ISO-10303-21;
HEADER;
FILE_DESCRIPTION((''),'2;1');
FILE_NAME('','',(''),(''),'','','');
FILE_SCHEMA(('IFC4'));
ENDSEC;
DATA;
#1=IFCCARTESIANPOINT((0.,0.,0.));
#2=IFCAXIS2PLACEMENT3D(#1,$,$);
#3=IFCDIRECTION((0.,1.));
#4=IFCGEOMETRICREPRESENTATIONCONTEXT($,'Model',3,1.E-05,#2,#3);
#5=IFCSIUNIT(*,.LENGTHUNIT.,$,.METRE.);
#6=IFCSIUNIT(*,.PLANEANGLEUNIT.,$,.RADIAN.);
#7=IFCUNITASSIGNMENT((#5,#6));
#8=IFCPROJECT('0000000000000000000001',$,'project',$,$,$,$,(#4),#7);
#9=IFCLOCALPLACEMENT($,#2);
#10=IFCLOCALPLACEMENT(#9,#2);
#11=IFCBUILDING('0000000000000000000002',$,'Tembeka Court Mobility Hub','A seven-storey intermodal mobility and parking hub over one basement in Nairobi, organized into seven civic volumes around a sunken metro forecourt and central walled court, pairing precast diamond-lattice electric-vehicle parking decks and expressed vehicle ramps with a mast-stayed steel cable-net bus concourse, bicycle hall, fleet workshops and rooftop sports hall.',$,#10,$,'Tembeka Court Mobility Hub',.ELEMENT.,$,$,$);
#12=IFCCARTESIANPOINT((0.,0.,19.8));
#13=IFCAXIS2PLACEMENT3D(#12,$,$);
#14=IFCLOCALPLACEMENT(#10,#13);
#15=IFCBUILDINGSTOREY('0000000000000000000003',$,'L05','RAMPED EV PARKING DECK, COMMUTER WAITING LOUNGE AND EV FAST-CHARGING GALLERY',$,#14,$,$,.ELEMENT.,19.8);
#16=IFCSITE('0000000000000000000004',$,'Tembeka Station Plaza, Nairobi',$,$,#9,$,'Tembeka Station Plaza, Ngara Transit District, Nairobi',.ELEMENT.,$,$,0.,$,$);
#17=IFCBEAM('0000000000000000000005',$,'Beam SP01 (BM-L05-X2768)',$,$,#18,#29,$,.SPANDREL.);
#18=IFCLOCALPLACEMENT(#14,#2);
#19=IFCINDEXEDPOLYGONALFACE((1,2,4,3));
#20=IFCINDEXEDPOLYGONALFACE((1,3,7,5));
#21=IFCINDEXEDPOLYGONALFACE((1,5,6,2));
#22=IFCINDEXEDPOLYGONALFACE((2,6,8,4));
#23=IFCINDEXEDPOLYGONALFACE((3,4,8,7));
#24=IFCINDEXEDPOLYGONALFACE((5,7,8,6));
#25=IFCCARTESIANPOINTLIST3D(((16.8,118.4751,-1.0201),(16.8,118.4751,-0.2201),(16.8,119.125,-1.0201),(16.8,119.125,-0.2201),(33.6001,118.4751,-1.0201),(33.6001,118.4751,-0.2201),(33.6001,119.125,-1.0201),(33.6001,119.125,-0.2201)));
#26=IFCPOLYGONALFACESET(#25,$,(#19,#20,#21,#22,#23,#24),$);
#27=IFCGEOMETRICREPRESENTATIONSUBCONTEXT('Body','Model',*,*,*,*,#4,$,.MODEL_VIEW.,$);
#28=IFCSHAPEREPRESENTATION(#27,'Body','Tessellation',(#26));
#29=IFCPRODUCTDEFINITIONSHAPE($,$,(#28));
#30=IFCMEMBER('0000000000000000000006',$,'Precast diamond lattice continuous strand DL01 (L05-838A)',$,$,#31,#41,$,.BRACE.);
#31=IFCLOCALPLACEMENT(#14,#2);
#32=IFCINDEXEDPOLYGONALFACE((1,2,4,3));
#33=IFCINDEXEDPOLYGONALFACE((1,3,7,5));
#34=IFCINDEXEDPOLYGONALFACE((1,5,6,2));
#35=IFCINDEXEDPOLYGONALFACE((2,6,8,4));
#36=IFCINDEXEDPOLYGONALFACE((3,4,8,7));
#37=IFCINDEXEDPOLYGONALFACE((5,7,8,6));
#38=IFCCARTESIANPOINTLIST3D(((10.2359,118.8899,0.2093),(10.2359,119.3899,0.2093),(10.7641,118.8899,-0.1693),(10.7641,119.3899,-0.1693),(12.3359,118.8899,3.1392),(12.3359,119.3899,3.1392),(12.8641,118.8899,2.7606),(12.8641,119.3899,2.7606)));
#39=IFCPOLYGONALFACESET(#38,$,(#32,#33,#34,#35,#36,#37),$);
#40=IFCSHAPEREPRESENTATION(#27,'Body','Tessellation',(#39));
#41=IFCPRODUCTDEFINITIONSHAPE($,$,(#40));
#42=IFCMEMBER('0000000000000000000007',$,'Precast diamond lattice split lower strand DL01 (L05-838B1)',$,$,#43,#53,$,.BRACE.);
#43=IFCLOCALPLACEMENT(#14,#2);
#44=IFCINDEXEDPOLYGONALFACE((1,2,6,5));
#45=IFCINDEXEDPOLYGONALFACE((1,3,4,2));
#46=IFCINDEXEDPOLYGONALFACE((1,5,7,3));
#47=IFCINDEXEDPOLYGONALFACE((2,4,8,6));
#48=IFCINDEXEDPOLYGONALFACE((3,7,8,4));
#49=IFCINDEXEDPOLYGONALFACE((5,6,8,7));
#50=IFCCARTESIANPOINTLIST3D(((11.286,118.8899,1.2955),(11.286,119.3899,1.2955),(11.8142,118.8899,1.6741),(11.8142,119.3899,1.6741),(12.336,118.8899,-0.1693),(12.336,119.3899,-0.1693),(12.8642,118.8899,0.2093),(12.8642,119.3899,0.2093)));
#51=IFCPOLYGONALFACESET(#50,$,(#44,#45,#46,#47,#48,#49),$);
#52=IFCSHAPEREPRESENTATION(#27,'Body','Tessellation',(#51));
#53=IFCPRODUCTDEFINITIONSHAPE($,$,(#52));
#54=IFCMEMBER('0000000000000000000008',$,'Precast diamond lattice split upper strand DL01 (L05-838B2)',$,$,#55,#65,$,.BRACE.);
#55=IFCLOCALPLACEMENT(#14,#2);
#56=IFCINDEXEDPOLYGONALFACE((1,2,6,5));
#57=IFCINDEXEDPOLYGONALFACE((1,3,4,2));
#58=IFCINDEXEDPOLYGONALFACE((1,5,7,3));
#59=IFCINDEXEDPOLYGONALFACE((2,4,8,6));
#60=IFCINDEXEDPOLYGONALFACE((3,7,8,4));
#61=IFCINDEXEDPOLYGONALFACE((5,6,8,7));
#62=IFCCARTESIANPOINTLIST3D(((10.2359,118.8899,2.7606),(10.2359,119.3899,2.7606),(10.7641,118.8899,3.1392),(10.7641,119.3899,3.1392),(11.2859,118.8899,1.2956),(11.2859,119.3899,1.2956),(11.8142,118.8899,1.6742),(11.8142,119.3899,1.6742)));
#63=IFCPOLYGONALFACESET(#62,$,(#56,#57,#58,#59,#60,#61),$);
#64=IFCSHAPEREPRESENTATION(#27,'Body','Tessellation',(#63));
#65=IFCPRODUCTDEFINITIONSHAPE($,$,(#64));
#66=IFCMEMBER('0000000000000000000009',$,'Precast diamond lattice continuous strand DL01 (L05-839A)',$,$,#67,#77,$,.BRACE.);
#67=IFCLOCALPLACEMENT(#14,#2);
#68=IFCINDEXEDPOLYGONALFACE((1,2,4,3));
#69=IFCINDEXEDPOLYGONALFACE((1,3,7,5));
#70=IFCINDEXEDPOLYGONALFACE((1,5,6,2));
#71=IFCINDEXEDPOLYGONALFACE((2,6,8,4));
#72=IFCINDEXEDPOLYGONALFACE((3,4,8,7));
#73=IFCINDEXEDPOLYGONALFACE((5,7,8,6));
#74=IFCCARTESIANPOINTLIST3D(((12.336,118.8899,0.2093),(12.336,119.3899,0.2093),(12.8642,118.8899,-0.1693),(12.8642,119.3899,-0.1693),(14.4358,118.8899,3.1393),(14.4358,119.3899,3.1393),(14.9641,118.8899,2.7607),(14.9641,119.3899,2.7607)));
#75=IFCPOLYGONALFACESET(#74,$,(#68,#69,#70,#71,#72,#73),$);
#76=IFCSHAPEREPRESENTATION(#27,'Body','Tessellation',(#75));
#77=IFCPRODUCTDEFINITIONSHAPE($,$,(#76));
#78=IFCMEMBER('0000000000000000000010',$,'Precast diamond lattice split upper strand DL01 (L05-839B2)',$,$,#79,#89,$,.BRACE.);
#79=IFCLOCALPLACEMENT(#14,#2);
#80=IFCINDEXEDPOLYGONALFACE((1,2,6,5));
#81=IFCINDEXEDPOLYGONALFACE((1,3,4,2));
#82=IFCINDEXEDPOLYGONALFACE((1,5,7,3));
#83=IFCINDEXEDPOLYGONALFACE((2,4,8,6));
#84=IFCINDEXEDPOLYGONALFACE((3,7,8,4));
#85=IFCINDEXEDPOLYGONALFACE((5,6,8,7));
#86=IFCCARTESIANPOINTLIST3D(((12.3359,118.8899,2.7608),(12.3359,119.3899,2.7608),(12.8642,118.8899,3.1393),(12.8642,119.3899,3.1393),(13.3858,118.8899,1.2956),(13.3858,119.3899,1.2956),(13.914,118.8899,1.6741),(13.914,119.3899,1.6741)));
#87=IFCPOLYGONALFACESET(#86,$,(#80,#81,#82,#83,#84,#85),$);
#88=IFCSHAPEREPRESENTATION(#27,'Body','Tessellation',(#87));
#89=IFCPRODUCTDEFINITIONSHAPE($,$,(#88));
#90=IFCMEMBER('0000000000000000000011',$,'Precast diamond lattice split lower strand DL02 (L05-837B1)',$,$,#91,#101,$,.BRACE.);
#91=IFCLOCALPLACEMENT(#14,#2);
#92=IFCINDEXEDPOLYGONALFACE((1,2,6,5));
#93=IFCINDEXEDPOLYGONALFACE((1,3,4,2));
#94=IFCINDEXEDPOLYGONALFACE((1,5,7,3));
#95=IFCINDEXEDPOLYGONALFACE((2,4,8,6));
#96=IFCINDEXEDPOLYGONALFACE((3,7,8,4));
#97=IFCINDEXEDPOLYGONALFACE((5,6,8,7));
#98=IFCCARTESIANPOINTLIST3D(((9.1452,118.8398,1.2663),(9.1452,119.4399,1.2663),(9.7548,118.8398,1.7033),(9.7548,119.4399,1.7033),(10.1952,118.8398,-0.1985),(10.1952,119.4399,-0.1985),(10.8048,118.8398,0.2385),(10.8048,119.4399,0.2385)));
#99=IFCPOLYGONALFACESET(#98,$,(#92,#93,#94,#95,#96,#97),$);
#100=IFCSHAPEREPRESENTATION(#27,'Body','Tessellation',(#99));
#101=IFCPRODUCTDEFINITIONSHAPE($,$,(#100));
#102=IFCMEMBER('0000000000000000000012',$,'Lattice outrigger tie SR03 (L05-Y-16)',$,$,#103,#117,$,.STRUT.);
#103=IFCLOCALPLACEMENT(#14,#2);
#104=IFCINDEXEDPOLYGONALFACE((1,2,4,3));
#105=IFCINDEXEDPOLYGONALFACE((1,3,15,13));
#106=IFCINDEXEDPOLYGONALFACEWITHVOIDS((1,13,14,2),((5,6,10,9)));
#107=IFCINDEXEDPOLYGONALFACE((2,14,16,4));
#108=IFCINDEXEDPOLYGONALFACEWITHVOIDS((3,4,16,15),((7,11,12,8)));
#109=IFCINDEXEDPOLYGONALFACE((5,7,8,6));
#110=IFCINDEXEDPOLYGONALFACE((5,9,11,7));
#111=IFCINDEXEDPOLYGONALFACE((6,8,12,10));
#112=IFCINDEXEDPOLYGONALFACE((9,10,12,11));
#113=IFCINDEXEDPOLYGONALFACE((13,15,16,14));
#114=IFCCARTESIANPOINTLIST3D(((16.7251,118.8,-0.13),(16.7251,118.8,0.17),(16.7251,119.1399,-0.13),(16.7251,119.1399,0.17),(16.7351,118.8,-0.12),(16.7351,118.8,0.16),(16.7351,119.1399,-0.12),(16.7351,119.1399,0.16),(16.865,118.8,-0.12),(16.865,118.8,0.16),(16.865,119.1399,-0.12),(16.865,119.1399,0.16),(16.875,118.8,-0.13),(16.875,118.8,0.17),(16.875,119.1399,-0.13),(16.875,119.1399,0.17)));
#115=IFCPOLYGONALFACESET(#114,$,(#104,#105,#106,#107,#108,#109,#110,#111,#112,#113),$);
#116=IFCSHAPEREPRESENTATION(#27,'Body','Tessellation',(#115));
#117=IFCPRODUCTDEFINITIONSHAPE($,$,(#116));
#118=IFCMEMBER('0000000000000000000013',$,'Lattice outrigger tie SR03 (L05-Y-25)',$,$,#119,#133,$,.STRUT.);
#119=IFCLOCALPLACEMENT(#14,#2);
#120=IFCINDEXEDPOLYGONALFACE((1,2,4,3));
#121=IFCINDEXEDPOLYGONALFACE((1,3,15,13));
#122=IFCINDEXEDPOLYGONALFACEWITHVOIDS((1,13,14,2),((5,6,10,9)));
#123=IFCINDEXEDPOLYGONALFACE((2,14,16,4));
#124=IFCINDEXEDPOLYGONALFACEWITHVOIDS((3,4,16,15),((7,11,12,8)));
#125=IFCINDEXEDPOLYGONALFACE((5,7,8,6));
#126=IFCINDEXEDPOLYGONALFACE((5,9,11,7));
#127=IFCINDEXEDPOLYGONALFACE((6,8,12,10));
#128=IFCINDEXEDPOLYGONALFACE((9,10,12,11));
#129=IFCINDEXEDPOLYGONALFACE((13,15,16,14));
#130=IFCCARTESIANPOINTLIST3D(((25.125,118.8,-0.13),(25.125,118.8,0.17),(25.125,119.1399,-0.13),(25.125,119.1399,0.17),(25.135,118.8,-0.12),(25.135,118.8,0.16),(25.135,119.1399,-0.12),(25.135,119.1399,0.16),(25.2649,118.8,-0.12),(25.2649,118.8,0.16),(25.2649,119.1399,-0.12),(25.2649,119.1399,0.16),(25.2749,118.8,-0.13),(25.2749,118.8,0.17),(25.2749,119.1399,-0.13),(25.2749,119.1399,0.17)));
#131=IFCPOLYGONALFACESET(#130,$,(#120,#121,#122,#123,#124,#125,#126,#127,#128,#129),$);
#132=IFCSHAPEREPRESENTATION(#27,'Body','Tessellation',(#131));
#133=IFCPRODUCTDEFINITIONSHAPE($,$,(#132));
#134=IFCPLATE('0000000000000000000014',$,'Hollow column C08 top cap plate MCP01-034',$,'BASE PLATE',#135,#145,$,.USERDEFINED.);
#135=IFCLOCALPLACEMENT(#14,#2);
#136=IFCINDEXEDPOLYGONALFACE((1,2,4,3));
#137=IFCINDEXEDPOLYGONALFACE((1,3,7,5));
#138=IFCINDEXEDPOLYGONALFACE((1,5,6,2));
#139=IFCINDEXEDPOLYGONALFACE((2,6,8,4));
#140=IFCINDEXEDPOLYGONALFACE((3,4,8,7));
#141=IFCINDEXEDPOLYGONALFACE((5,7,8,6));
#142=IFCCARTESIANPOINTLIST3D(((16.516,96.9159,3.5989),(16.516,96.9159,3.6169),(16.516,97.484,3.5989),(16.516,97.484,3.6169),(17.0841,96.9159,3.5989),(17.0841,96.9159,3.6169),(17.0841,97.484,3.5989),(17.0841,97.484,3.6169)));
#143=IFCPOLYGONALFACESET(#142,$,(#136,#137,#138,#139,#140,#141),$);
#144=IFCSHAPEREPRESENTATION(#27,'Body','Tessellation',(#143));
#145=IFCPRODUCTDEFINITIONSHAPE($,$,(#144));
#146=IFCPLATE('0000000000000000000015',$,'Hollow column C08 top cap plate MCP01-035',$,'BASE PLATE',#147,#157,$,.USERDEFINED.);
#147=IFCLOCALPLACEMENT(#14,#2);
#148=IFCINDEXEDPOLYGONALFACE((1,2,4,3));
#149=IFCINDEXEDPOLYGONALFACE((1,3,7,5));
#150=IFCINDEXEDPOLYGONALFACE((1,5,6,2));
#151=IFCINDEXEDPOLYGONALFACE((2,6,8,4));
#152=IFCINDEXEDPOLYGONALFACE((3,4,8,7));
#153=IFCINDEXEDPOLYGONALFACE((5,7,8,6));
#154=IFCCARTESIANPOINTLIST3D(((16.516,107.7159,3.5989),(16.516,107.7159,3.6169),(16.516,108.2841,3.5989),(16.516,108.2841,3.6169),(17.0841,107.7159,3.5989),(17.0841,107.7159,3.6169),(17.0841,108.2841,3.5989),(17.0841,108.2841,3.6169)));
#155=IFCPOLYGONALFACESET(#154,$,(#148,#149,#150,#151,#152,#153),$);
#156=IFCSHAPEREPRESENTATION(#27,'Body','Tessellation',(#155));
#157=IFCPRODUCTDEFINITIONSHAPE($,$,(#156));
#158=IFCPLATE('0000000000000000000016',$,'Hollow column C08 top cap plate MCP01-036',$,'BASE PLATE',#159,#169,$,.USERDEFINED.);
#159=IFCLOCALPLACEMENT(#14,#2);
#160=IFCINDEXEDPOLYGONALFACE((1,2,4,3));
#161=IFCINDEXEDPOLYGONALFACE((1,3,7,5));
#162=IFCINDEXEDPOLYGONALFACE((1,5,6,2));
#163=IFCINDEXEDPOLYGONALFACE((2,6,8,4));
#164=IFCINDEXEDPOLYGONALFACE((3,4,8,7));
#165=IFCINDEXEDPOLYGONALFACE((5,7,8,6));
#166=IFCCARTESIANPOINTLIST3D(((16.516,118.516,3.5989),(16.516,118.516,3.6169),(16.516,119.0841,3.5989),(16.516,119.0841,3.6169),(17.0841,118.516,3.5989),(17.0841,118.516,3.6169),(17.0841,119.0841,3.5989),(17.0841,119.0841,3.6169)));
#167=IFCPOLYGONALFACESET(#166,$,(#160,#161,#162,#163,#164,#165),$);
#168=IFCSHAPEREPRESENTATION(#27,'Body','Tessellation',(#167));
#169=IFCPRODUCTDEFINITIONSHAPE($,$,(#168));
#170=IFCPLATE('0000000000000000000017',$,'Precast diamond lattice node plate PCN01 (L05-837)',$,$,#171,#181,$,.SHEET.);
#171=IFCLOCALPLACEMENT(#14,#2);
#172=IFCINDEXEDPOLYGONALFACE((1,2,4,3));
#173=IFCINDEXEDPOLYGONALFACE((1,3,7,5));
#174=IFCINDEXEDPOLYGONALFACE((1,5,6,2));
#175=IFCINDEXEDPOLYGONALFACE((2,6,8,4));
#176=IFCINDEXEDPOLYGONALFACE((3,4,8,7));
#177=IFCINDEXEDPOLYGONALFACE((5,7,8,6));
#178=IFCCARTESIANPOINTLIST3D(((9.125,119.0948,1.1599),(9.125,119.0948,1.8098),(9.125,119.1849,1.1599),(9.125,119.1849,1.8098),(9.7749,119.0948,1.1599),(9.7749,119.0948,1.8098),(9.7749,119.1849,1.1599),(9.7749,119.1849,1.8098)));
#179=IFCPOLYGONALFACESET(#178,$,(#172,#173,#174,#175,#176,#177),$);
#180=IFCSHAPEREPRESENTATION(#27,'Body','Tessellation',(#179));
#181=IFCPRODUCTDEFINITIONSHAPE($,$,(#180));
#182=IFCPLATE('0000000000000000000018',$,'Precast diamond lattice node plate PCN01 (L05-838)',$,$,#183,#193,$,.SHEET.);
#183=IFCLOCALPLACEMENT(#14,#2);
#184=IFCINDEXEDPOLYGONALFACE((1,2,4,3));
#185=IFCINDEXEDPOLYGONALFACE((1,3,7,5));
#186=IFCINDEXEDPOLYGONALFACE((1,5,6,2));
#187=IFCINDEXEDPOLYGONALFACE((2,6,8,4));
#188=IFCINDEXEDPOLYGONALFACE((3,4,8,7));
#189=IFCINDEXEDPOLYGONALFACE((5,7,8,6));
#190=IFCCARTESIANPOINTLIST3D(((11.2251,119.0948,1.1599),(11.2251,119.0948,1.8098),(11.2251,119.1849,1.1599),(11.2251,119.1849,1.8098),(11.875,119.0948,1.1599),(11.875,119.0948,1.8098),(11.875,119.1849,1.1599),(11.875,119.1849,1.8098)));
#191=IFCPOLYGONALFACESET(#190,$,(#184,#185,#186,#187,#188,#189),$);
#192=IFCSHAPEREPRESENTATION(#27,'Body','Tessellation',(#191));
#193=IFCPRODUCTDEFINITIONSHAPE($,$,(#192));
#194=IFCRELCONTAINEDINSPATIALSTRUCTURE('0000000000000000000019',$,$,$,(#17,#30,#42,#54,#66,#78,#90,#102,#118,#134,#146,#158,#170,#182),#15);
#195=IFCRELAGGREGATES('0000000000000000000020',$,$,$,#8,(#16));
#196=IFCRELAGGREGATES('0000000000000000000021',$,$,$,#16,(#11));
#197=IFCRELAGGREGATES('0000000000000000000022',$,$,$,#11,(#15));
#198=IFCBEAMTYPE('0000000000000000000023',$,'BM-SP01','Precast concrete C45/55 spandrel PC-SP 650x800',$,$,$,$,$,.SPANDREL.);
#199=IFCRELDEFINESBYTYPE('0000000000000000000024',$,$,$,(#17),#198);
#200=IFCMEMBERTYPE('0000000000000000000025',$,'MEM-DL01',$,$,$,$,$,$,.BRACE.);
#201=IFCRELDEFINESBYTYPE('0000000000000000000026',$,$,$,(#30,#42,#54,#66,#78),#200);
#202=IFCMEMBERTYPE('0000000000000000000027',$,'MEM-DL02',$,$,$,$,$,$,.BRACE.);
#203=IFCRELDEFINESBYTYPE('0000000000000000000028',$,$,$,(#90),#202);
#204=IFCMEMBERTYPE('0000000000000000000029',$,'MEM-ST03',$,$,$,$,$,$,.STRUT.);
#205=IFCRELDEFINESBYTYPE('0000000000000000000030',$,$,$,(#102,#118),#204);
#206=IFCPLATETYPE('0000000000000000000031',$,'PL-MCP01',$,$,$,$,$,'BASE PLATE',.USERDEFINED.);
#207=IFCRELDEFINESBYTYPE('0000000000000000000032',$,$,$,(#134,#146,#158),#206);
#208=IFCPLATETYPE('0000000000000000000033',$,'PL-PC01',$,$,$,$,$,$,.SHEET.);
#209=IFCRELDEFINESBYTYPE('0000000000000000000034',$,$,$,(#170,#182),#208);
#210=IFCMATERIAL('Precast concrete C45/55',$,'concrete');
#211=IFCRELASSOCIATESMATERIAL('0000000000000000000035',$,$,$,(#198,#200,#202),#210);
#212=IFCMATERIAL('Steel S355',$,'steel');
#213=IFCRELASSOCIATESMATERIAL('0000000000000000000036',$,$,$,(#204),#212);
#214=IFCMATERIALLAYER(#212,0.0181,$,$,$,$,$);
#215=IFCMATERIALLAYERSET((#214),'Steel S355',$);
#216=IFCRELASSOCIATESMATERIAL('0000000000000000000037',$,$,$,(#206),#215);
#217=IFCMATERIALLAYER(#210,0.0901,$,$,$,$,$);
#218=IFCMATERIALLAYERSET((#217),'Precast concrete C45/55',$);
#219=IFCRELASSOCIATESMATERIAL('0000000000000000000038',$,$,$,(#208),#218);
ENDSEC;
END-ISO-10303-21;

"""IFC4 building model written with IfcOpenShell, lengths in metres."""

from ifc_helpers import new_model, si_unit, direction, frame, origin, origin_2d, place, context, subcontext, project, spatial, rectangle, hollow_rectangle, extrude, material, layer, layer_set, material_profile, profile_set, type_object, element, save


model = new_model("IFC4")

# Units and contexts
model_context = context("Model", 3, precision=1e-05, world=origin(), true_north=direction((0.0, 1.0)))
body_context = subcontext(model_context, "Body", "Model", "MODEL_VIEW")
ifc_project = project(units=[si_unit("LENGTHUNIT", "METRE"), si_unit("PLANEANGLEUNIT", "RADIAN")], contexts=[model_context])

# Site, building, storey
site_placement = place(None, origin())
site = spatial("IfcSite", under=ifc_project, at=site_placement, Name="Tembeka Station Plaza, Nairobi", LongName="Tembeka Station Plaza, Ngara Transit District, Nairobi", CompositionType="ELEMENT", RefElevation=0.0)
building_placement = place(site_placement, origin())
building = spatial("IfcBuilding", under=site, at=building_placement, Name="Tembeka Court Mobility Hub", Description="A seven-storey intermodal mobility and parking hub over one basement in Nairobi, organized into seven civic volumes around a sunken metro forecourt and central walled court, pairing precast diamond-lattice electric-vehicle parking decks and expressed vehicle ramps with a mast-stayed steel cable-net bus concourse, bicycle hall, fleet workshops and rooftop sports hall.", LongName="Tembeka Court Mobility Hub", CompositionType="ELEMENT")
storey_placement = place(building_placement, frame((0.0, 0.0, 19.8)))
storey = spatial("IfcBuildingStorey", under=building, at=storey_placement, Name="L05", Description="RAMPED EV PARKING DECK, COMMUTER WAITING LOUNGE AND EV FAST-CHARGING GALLERY", CompositionType="ELEMENT", Elevation=19.8)

# Shared definitions
ifc_material_1 = material(Name="Steel S355", Category="steel")

# Beam
ifc_material_2 = material(Name="Precast concrete C45/55", Category="concrete")
ifc_material_profile_1 = material_profile(ifc_material_2, rectangle(XDim=0.6499, YDim=0.8, at=origin_2d()), Name="PC-SP 650x800")
ifc_profile_set_1 = profile_set([ifc_material_profile_1], Name="Precast concrete C45/55")
beam_type_1 = type_object("IfcBeamType", Name="BM-SP01", Description="Precast concrete C45/55 spandrel PC-SP 650x800", PredefinedType="SPANDREL", material=ifc_profile_set_1)
beam_1_placement = place(storey_placement, frame((16.8, 118.8, -0.6201), z_axis=(1.0, 0.0, 0.0), x_axis=(0.0, 1.0, 0.0)))
element("IfcBeam", 1, at=beam_1_placement, inside=storey, type_object=beam_type_1, Name="Beam SP01 (BM-L05-X2768)", PredefinedType="SPANDREL", context=body_context, shape_type="SweptSolid", body=[
    extrude(rectangle(XDim=0.6499, YDim=0.8, at=origin_2d()), origin(), (0.0, 0.0, 1.0), 16.8),
])

# Members
ifc_material_profile_2 = material_profile(ifc_material_2, rectangle(XDim=0.5, YDim=0.6499, at=origin_2d()), Name="PC-DIAG 500x650")
ifc_profile_set_2 = profile_set([ifc_material_profile_2], Name="Precast concrete C45/55")
member_type_1 = type_object("IfcMemberType", Name="MEM-DL01", PredefinedType="BRACE", material=ifc_profile_set_2)
member_1_placement = place(storey_placement, frame((10.5, 119.1399, 0.02), z_axis=(0.582576, 0.0, 0.812776), x_axis=(0.0, 1.0, 0.0)))
element("IfcMember", 2, at=member_1_placement, inside=storey, type_object=member_type_1, Name="Precast diamond lattice continuous strand DL01 (L05-838A)", PredefinedType="BRACE", context=body_context, shape_type="SweptSolid", body=[
    extrude(rectangle(XDim=0.5, YDim=0.6499, at=origin_2d()), origin(), (0.0, 0.0, 1.0), 3.6047),
])
member_2_placement = place(storey_placement, frame((12.6001, 119.1399, 0.02), z_axis=(-0.582608, 0.0, 0.812753), x_axis=(0.0, -1.0, 0.0)))
element("IfcMember", 3, at=member_2_placement, inside=storey, type_object=member_type_1, Name="Precast diamond lattice split lower strand DL01 (L05-838B1)", PredefinedType="BRACE", context=body_context, shape_type="SweptSolid", body=[
    extrude(rectangle(XDim=0.5, YDim=0.6499, at=origin_2d()), origin(), (0.0, 0.0, 1.0), 1.8022),
])
member_3_placement = place(storey_placement, frame((11.55, 119.1399, 1.4849), z_axis=(-0.582544, 0.0, 0.812799), x_axis=(0.0, -1.0, 0.0)))
element("IfcMember", 4, at=member_3_placement, inside=storey, type_object=member_type_1, Name="Precast diamond lattice split upper strand DL01 (L05-838B2)", PredefinedType="BRACE", context=body_context, shape_type="SweptSolid", body=[
    extrude(rectangle(XDim=0.5, YDim=0.6499, at=origin_2d()), origin(), (0.0, 0.0, 1.0), 1.8025),
])
member_4_placement = place(storey_placement, frame((12.6001, 119.1399, 0.02), z_axis=(0.582532, 0.0, 0.812808), x_axis=(0.0, 1.0, 0.0)))
element("IfcMember", 5, at=member_4_placement, inside=storey, type_object=member_type_1, Name="Precast diamond lattice continuous strand DL01 (L05-839A)", PredefinedType="BRACE", context=body_context, shape_type="SweptSolid", body=[
    extrude(rectangle(XDim=0.5, YDim=0.6499, at=origin_2d()), origin(), (0.0, 0.0, 1.0), 3.6047),
])
member_5_placement = place(storey_placement, frame((13.6499, 119.1399, 1.4849), z_axis=(-0.582455, 0.0, 0.812863), x_axis=(0.0, -1.0, 0.0)))
element("IfcMember", 6, at=member_5_placement, inside=storey, type_object=member_type_1, Name="Precast diamond lattice split upper strand DL01 (L05-839B2)", PredefinedType="BRACE", context=body_context, shape_type="SweptSolid", body=[
    extrude(rectangle(XDim=0.5, YDim=0.6499, at=origin_2d()), origin(), (0.0, 0.0, 1.0), 1.8025),
])
ifc_material_profile_3 = material_profile(ifc_material_2, rectangle(XDim=0.6001, YDim=0.75, at=origin_2d()), Name="PC-DIAG 600x750")
ifc_profile_set_3 = profile_set([ifc_material_profile_3], Name="Precast concrete C45/55")
member_type_2 = type_object("IfcMemberType", Name="MEM-DL02", PredefinedType="BRACE", material=ifc_profile_set_3)
member_6_placement = place(storey_placement, frame((10.5, 119.1399, 0.02), z_axis=(-0.582608, 0.0, 0.812753), x_axis=(0.0, -1.0, 0.0)))
element("IfcMember", 7, at=member_6_placement, inside=storey, type_object=member_type_2, Name="Precast diamond lattice split lower strand DL02 (L05-837B1)", PredefinedType="BRACE", context=body_context, shape_type="SweptSolid", body=[
    extrude(rectangle(XDim=0.6001, YDim=0.75, at=origin_2d()), origin(), (0.0, 0.0, 1.0), 1.8022),
])
ifc_material_profile_4 = material_profile(ifc_material_1, hollow_rectangle(XDim=0.1499, YDim=0.3, WallThickness=0.01, at=origin_2d()), Name="RHS 300x150x10")
ifc_profile_set_4 = profile_set([ifc_material_profile_4], Name="Steel S355")
member_type_3 = type_object("IfcMemberType", Name="MEM-ST03", PredefinedType="STRUT", material=ifc_profile_set_4)
for number, where, z_axis, x_axis, name in (
    (8, (16.8, 118.8, 0.02), (0.0, 1.0, 0.0), (-1.0, 0.0, 0.0), "Lattice outrigger tie SR03 (L05-Y-16)"),
    (9, (25.2, 118.8, 0.02), (0.0, 1.0, 0.0), (-1.0, 0.0, 0.0), "Lattice outrigger tie SR03 (L05-Y-25)"),
):
    element("IfcMember", number, at=place(storey_placement, frame(where, z_axis=z_axis, x_axis=x_axis)), inside=storey, type_object=member_type_3, Name=name, PredefinedType="STRUT", context=body_context, shape_type="SweptSolid", body=[
        extrude(hollow_rectangle(XDim=0.1499, YDim=0.3, WallThickness=0.01, at=origin_2d()), origin(), (0.0, 0.0, 1.0), 0.3398),
    ])

# Plates
ifc_layer_1 = layer(ifc_material_1, 0.0181)
ifc_layer_set_1 = layer_set([ifc_layer_1], Name="Steel S355")
plate_type_1 = type_object("IfcPlateType", Name="PL-MCP01", ElementType="BASE PLATE", PredefinedType="USERDEFINED", material=ifc_layer_set_1)
for number, where, z_axis, x_axis, name in (
    (10, (16.8, 97.2, 3.5989), (0.0, 0.0, 1.0), (1.0, 0.0, 0.0), "Hollow column C08 top cap plate MCP01-034"),
    (11, (16.8, 108.0, 3.5989), (0.0, 0.0, 1.0), (1.0, 0.0, 0.0), "Hollow column C08 top cap plate MCP01-035"),
    (12, (16.8, 118.8, 3.5989), (0.0, 0.0, 1.0), (1.0, 0.0, 0.0), "Hollow column C08 top cap plate MCP01-036"),
):
    element("IfcPlate", number, at=place(storey_placement, frame(where, z_axis=z_axis, x_axis=x_axis)), inside=storey, type_object=plate_type_1, Name=name, ObjectType="BASE PLATE", PredefinedType="USERDEFINED", context=body_context, shape_type="SweptSolid", body=[
        extrude(rectangle(XDim=0.5681, YDim=0.5681, at=origin_2d()), origin(), (0.0, 0.0, 1.0), 0.0181),
    ])
ifc_layer_2 = layer(ifc_material_2, 0.0901)
ifc_layer_set_2 = layer_set([ifc_layer_2], Name="Precast concrete C45/55")
plate_type_2 = type_object("IfcPlateType", Name="PL-PC01", PredefinedType="SHEET", material=ifc_layer_set_2)
for number, where, z_axis, x_axis, name in (
    (13, (9.45, 119.1399, 1.1599), (0.0, 0.0, 1.0), (1.0, 0.0, 0.0), "Precast diamond lattice node plate PCN01 (L05-837)"),
    (14, (11.55, 119.1399, 1.1599), (0.0, 0.0, 1.0), (1.0, 0.0, 0.0), "Precast diamond lattice node plate PCN01 (L05-838)"),
):
    element("IfcPlate", number, at=place(storey_placement, frame(where, z_axis=z_axis, x_axis=x_axis)), inside=storey, type_object=plate_type_2, Name=name, PredefinedType="SHEET", context=body_context, shape_type="SweptSolid", body=[
        extrude(rectangle(XDim=0.6499, YDim=0.0901, at=origin_2d()), origin(), (0.0, 0.0, 1.0), 0.6499),
    ])

save(model, "model.ifc")
